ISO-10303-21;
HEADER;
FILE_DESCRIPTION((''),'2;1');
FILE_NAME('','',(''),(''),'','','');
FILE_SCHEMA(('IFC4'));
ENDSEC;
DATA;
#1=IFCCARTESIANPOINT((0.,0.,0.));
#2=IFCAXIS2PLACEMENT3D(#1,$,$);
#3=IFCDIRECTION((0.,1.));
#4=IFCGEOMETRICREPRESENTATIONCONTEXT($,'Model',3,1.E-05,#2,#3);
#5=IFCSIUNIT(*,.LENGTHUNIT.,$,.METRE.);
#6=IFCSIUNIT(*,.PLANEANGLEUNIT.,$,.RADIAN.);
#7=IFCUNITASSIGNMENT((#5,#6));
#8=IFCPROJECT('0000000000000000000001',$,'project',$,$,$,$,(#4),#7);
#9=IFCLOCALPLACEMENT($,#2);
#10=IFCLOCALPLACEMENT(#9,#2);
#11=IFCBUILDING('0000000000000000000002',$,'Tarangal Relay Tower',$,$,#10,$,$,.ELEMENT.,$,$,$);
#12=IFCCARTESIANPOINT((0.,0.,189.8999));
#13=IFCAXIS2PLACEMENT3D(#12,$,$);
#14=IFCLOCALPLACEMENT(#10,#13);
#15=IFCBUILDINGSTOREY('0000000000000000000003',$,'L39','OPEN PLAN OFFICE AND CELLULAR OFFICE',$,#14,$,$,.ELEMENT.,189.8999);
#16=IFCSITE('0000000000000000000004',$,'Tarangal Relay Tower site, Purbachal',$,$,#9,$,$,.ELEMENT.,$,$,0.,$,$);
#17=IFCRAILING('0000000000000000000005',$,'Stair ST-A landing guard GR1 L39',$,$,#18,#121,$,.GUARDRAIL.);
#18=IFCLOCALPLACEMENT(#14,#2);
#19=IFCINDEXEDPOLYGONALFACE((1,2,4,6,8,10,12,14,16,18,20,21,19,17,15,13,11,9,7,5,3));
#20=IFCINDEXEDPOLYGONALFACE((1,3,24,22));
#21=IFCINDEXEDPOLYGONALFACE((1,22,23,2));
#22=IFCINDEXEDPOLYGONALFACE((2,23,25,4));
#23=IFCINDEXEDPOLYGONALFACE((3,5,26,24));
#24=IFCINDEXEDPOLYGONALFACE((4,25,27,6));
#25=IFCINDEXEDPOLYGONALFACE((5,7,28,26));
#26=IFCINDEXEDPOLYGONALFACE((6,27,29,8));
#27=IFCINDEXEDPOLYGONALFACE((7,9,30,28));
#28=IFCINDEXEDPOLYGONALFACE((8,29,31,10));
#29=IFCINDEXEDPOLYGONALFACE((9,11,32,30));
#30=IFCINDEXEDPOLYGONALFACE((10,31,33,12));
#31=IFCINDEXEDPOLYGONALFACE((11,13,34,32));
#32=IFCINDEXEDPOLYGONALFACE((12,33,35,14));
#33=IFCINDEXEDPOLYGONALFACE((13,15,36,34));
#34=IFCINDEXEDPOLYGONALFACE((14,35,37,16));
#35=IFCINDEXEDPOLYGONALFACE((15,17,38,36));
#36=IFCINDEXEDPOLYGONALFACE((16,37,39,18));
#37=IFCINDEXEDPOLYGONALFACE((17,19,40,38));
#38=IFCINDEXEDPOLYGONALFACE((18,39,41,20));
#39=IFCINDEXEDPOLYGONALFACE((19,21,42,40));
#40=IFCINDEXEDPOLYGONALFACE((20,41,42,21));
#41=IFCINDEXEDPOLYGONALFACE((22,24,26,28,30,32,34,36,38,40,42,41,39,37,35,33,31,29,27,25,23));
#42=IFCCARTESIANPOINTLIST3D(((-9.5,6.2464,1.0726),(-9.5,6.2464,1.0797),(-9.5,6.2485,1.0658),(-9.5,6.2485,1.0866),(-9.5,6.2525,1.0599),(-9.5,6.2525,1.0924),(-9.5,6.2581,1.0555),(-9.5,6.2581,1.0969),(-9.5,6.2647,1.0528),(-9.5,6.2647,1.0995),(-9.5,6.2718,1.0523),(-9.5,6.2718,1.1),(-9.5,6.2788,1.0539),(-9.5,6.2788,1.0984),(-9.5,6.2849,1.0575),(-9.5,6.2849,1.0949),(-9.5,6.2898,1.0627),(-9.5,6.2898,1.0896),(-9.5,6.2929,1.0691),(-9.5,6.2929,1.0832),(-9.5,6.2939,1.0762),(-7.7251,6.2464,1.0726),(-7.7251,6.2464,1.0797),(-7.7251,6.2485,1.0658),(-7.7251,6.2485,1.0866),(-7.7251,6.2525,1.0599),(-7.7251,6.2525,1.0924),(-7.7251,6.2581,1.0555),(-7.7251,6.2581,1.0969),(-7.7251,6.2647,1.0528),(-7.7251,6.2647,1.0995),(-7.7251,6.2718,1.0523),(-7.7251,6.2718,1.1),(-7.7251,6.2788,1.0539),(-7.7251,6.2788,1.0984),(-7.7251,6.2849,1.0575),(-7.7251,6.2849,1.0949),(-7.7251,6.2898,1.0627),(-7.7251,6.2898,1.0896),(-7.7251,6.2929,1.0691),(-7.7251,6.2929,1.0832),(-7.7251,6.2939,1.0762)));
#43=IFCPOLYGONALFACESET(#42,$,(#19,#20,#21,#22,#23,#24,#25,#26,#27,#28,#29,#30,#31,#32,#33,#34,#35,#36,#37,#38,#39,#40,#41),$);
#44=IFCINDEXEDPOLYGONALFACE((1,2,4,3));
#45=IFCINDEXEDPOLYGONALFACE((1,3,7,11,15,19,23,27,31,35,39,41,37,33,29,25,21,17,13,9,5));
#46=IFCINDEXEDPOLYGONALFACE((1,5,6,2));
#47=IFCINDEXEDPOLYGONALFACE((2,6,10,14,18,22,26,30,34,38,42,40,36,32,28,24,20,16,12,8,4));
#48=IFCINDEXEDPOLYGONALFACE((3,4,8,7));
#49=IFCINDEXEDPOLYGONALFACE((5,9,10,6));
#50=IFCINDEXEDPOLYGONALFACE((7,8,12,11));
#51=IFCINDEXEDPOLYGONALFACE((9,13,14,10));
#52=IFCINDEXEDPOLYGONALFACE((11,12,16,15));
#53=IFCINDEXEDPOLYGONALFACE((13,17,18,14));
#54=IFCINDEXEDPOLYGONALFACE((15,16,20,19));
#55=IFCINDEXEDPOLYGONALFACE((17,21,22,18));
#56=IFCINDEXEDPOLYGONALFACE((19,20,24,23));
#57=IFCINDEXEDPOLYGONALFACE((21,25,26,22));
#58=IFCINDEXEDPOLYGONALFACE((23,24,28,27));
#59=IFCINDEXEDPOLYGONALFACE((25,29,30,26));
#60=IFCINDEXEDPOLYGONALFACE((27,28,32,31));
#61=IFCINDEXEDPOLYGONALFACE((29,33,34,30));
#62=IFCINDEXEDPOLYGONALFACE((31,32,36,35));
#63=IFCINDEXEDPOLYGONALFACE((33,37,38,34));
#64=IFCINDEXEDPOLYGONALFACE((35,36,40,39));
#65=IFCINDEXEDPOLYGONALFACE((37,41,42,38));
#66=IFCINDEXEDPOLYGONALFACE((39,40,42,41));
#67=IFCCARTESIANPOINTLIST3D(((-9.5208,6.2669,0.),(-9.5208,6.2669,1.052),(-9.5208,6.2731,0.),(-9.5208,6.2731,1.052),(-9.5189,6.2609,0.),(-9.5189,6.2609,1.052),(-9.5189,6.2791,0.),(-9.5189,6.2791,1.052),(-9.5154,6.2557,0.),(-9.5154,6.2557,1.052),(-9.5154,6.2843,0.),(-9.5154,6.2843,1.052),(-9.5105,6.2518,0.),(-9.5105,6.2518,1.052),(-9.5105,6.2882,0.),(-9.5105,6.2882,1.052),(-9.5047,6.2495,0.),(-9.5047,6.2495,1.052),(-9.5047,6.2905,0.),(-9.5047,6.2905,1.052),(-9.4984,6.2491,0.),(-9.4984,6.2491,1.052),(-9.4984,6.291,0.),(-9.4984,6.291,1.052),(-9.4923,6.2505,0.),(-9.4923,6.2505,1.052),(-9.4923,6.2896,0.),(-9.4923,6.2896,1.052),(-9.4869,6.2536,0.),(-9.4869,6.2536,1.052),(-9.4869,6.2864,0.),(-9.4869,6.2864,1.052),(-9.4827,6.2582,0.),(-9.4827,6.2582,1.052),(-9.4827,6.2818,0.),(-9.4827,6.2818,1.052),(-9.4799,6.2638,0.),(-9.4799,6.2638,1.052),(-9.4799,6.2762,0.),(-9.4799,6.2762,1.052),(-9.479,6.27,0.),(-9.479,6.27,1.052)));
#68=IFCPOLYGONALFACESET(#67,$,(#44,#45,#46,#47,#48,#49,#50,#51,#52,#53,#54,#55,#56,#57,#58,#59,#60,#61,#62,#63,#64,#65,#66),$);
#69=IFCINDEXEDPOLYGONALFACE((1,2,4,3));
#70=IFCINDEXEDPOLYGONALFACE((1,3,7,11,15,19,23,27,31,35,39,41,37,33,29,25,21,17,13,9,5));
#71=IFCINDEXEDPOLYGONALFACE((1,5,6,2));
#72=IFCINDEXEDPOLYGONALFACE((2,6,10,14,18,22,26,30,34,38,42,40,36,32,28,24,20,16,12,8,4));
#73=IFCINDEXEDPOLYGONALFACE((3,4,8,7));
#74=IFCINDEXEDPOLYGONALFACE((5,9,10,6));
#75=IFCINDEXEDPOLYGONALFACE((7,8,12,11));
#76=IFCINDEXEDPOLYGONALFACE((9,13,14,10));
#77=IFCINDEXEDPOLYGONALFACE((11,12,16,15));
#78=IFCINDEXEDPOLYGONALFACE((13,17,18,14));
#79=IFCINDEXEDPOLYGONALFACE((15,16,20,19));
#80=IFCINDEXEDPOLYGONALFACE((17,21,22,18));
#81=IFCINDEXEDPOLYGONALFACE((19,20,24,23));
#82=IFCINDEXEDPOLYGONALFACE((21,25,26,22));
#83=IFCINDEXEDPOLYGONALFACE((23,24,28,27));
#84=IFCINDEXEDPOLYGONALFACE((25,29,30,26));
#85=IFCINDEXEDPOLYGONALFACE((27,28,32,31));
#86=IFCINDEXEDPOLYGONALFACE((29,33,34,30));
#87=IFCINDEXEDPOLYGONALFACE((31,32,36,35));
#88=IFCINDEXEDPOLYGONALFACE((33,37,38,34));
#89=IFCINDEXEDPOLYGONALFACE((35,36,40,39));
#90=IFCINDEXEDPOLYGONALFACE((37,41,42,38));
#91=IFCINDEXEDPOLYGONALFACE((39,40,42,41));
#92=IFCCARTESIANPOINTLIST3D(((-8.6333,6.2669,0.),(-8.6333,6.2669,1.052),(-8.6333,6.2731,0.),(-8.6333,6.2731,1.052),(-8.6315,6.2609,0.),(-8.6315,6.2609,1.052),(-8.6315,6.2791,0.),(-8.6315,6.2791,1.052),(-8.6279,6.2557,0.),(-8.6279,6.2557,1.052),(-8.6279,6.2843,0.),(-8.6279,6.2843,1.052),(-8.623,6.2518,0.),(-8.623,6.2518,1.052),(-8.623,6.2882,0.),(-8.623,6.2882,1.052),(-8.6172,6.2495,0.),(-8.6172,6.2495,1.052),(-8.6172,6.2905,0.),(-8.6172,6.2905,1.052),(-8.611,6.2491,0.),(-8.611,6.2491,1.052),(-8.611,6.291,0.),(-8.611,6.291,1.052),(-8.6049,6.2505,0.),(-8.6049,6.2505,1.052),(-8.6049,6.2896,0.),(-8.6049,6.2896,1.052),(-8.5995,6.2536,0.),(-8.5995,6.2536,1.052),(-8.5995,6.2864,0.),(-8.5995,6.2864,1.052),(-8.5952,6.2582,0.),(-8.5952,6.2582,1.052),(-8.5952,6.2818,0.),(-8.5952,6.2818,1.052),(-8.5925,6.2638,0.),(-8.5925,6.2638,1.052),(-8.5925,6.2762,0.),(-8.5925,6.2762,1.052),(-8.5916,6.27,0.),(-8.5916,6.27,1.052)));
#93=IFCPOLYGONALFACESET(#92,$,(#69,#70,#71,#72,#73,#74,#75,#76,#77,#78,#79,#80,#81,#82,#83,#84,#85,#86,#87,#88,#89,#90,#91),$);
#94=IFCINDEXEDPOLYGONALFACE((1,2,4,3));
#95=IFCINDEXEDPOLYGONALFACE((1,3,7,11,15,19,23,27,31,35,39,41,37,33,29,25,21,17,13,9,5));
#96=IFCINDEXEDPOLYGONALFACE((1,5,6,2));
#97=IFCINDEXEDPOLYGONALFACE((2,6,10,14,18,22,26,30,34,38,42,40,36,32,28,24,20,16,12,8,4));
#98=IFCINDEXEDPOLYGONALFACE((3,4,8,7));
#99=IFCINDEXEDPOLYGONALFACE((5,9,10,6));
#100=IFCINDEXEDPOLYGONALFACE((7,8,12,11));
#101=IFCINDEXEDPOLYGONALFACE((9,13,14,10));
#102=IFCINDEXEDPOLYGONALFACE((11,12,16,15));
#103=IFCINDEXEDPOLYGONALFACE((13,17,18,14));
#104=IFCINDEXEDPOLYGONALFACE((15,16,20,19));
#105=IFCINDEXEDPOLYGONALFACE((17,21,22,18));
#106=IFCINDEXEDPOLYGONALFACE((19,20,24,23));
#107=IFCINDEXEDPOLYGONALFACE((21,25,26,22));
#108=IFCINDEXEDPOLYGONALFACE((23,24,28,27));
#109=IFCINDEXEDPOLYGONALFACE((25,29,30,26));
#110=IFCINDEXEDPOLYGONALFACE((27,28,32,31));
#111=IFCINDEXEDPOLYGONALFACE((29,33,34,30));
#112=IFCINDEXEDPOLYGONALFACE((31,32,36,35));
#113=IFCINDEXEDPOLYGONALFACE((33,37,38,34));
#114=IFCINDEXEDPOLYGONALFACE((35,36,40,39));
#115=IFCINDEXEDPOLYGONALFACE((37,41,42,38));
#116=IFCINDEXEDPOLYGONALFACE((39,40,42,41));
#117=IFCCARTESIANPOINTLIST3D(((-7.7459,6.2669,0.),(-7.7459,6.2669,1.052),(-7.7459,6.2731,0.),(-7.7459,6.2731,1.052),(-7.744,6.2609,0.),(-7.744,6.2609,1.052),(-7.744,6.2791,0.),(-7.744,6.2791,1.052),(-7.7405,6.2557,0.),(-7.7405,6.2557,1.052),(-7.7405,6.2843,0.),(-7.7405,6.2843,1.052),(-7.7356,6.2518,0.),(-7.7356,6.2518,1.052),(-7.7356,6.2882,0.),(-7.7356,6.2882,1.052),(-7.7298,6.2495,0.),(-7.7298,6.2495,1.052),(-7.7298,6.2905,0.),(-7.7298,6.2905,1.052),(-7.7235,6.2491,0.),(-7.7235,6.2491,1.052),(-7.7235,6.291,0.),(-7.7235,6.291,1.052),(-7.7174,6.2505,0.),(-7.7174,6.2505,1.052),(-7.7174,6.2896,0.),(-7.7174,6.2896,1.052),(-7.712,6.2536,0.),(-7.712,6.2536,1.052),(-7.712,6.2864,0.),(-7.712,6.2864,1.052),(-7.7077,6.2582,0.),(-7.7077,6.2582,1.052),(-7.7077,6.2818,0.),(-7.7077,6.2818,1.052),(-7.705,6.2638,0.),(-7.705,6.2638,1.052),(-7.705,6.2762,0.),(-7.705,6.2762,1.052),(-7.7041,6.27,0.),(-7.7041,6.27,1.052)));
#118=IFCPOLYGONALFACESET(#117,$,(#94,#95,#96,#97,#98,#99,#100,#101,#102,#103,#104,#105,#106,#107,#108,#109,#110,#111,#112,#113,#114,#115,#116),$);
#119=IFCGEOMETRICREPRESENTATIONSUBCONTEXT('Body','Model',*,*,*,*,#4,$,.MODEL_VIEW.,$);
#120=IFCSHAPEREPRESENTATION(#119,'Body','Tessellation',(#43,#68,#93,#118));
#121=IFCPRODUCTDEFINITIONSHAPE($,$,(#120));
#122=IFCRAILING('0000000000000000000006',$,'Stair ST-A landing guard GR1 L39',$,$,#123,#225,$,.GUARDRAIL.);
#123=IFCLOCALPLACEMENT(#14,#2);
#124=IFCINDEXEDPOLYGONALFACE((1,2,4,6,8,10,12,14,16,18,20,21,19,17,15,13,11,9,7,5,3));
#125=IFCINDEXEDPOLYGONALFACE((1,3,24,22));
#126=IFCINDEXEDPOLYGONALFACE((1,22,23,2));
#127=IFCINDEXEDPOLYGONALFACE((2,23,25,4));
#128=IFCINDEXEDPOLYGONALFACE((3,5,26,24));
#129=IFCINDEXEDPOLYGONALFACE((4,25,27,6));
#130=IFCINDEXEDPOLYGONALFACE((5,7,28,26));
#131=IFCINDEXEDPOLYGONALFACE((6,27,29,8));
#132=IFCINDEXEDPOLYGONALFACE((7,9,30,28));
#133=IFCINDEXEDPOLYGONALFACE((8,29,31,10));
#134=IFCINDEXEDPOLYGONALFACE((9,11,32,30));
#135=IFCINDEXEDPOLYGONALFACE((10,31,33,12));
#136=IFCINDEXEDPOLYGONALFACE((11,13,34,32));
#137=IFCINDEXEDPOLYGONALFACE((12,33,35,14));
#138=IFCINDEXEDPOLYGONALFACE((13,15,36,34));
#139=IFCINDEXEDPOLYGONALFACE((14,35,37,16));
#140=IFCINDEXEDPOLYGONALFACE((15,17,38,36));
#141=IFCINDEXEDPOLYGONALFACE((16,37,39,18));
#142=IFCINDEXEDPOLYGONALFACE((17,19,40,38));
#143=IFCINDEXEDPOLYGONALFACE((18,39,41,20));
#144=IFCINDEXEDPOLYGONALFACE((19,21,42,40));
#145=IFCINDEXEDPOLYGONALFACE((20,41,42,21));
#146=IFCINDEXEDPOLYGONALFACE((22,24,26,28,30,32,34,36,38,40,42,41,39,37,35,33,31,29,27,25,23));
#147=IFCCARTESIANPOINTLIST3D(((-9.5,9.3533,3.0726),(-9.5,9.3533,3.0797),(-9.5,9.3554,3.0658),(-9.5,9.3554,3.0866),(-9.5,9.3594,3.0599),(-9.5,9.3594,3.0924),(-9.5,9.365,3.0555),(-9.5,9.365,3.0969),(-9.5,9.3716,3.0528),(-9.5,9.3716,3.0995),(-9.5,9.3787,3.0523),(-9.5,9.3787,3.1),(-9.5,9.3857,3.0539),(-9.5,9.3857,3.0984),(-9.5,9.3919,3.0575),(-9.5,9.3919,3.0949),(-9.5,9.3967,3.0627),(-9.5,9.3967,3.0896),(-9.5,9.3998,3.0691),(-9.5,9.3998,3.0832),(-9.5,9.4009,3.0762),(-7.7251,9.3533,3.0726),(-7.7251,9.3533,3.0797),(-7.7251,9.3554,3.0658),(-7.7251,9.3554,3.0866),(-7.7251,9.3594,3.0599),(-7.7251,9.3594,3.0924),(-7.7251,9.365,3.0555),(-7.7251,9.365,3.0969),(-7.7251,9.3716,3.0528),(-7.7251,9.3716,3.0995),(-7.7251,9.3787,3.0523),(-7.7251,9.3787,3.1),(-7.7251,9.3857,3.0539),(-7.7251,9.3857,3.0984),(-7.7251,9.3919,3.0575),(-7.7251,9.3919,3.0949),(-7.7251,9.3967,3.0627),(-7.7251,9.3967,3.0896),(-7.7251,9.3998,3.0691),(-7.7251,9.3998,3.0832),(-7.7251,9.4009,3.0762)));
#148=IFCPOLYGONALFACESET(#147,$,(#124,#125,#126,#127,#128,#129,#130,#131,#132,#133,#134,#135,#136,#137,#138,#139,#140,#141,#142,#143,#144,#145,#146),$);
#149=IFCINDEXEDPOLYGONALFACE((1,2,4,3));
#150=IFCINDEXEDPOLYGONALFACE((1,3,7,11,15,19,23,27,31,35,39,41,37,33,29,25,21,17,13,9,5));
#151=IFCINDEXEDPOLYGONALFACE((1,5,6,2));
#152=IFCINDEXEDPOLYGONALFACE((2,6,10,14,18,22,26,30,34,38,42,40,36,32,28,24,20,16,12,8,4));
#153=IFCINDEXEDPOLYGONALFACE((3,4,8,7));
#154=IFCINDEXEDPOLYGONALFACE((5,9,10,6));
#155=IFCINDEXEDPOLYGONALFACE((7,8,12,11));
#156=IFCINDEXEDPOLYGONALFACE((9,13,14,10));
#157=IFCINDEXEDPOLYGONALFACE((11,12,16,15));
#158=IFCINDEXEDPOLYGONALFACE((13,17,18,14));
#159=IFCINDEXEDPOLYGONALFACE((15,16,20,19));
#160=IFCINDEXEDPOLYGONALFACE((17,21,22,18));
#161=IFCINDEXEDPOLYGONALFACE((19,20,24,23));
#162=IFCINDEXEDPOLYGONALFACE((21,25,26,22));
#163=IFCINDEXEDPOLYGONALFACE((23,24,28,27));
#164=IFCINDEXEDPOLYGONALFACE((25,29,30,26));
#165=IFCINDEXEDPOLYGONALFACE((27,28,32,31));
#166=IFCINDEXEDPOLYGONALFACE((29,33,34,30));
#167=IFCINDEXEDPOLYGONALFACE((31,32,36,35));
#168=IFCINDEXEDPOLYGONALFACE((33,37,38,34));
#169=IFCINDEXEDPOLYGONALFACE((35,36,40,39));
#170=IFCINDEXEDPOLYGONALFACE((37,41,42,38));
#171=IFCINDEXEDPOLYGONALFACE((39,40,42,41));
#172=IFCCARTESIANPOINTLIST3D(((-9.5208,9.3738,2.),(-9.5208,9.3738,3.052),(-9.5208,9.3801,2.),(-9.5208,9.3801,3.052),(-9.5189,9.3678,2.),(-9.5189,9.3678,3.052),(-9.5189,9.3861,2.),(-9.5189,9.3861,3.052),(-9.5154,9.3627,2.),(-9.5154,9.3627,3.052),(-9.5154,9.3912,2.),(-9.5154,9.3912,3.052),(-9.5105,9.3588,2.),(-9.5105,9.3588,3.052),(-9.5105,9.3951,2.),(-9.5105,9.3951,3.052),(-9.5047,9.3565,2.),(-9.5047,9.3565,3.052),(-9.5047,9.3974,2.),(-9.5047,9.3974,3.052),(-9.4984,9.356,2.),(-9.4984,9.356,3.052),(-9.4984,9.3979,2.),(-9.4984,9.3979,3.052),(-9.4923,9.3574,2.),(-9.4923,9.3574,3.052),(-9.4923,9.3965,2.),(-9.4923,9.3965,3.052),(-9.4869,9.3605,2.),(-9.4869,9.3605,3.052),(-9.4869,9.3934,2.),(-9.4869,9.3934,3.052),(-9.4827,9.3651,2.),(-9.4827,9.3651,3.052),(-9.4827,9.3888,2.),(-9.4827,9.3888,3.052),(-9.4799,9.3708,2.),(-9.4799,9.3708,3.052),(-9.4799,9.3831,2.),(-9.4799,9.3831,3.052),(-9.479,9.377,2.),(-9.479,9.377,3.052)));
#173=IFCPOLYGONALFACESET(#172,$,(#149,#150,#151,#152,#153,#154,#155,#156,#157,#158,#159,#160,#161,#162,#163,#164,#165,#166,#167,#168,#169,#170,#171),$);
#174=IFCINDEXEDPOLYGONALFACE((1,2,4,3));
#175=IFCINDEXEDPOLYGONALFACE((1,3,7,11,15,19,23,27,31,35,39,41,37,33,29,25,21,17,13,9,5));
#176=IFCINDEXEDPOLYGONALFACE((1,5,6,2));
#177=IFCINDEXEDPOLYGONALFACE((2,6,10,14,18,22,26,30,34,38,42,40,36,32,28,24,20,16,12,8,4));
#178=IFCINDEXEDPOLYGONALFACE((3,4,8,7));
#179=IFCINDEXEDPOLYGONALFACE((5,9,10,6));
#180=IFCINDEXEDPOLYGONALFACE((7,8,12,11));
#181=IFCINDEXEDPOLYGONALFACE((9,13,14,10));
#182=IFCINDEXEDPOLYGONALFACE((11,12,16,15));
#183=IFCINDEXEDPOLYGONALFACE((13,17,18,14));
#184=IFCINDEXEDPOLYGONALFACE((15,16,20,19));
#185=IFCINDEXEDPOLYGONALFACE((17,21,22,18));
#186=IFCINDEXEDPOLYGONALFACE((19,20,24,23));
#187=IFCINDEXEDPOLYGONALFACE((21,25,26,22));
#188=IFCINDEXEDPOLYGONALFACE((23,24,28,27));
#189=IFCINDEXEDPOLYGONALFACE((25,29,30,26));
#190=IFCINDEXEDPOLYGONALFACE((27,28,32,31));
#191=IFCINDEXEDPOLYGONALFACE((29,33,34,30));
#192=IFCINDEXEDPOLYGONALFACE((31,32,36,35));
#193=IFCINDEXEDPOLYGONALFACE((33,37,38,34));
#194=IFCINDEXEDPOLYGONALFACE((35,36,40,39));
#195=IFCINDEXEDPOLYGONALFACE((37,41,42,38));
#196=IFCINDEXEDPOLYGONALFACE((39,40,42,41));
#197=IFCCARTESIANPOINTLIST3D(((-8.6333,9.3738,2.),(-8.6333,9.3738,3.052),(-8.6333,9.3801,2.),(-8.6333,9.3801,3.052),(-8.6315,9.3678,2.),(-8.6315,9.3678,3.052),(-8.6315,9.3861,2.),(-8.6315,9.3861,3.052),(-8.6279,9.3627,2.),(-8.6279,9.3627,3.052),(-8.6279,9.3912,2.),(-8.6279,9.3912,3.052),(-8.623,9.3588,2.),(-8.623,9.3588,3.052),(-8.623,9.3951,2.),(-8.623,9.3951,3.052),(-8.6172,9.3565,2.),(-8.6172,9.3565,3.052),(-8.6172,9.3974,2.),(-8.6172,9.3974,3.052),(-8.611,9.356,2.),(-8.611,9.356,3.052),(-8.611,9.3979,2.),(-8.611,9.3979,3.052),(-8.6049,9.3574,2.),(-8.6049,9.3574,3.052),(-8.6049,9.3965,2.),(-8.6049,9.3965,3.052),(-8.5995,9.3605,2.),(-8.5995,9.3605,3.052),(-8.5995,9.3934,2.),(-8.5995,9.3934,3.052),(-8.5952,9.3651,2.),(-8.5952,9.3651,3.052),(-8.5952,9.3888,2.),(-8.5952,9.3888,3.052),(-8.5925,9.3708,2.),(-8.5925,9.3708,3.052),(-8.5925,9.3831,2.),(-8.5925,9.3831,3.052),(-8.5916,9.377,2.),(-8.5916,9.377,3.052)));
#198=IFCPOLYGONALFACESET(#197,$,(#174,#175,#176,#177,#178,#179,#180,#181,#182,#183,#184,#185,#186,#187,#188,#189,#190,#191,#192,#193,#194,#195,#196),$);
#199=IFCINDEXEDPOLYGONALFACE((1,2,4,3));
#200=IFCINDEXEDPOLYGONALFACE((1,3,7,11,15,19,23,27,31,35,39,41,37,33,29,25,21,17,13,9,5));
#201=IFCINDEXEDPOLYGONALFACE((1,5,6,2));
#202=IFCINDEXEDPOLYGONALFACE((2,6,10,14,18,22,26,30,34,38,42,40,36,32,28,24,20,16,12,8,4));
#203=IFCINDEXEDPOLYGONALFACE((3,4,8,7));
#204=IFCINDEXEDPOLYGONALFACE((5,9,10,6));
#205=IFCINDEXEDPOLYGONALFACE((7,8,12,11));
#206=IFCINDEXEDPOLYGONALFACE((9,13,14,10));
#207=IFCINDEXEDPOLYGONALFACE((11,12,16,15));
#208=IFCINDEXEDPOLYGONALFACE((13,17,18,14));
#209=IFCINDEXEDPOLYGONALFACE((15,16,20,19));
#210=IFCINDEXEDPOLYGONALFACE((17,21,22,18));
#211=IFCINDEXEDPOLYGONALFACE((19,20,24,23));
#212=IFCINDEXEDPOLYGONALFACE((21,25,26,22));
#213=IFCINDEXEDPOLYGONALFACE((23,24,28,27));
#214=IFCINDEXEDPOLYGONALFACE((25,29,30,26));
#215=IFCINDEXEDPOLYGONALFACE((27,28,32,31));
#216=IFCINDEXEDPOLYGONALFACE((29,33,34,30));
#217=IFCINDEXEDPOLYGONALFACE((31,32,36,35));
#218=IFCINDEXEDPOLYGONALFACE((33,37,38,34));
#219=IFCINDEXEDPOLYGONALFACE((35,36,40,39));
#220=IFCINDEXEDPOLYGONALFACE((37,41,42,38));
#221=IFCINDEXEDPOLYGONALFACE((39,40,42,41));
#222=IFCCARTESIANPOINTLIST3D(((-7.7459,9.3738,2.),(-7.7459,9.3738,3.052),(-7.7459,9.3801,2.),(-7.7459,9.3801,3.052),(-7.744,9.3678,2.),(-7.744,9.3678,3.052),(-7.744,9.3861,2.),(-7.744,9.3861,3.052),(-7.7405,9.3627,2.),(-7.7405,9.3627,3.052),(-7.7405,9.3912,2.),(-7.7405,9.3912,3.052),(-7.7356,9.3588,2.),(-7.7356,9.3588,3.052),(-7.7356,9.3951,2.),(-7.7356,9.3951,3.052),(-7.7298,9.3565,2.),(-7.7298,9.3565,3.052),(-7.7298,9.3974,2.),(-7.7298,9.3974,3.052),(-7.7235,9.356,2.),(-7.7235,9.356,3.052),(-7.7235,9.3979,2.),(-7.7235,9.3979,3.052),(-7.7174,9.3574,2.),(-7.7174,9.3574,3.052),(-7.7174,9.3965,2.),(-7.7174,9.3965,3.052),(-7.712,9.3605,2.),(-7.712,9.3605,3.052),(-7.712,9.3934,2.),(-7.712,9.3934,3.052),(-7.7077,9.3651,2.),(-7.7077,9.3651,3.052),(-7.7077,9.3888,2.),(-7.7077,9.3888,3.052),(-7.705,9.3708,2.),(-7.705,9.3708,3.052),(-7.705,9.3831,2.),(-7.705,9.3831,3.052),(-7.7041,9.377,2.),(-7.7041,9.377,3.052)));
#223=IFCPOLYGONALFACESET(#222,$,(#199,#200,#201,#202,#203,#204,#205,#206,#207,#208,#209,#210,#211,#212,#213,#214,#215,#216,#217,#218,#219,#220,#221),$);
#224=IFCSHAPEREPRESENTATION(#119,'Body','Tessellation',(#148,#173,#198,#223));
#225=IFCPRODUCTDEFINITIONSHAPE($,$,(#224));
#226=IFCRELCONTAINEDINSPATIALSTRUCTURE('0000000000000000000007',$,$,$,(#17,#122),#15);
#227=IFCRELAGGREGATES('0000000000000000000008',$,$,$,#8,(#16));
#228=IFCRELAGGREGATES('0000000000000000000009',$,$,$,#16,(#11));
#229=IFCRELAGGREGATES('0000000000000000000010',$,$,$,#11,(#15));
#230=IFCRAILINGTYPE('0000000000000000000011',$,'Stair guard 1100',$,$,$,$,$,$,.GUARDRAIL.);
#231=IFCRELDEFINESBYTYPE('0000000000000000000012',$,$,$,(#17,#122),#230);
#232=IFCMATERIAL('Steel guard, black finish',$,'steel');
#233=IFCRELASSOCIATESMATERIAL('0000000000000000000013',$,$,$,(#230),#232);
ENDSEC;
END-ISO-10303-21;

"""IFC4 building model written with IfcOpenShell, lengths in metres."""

from ifc_helpers import new_model, si_unit, direction, frame, origin, origin_2d, place, context, subcontext, project, spatial, circle, extrude, material, type_object, element, save


model = new_model("IFC4")

# Units and contexts
model_context = context("Model", 3, precision=1e-05, world=origin(), true_north=direction((0.0, 1.0)))
body_context = subcontext(model_context, "Body", "Model", "MODEL_VIEW")
ifc_project = project(units=[si_unit("LENGTHUNIT", "METRE"), si_unit("PLANEANGLEUNIT", "RADIAN")], contexts=[model_context])

# Site, building, storey
site_placement = place(None, origin())
site = spatial("IfcSite", under=ifc_project, at=site_placement, Name="Tarangal Relay Tower site, Purbachal", CompositionType="ELEMENT", RefElevation=0.0)
building_placement = place(site_placement, origin())
building = spatial("IfcBuilding", under=site, at=building_placement, Name="Tarangal Relay Tower", CompositionType="ELEMENT")
storey_placement = place(building_placement, frame((0.0, 0.0, 189.8999)))
storey = spatial("IfcBuildingStorey", under=building, at=storey_placement, Name="L39", Description="OPEN PLAN OFFICE AND CELLULAR OFFICE", CompositionType="ELEMENT", Elevation=189.8999)

# Railings
ifc_material_1 = material(Name="Steel guard, black finish", Category="steel")
railing_type_1 = type_object("IfcRailingType", Name="Stair guard 1100", PredefinedType="GUARDRAIL", material=ifc_material_1)
for number, where, name in (
    (1, (-9.5, 6.27, 0.0), "Stair ST-A landing guard GR1 L39"),
    (2, (-9.5, 9.377, 2.0), "Stair ST-A landing guard GR1 L39"),
):
    element("IfcRailing", number, at=place(storey_placement, frame(where)), inside=storey, type_object=railing_type_1, Name=name, PredefinedType="GUARDRAIL", context=body_context, shape_type="SweptSolid", body=[
        extrude(circle(Radius=0.0239, at=origin_2d()), frame((0.0, 0.0, 1.0762), z_axis=(1.0, 0.0, 0.0), x_axis=(0.0, 1.0, 0.0)), (0.0, 0.0, 1.0), 1.7749),
        extrude(circle(Radius=0.021, at=origin_2d()), origin(), (0.0, 0.0, 1.0), 1.052),
        extrude(circle(Radius=0.021, at=origin_2d()), frame((0.8875, 0.0, 0.0)), (0.0, 0.0, 1.0), 1.052),
        extrude(circle(Radius=0.021, at=origin_2d()), frame((1.7749, 0.0, 0.0)), (0.0, 0.0, 1.0), 1.052),
    ])

save(model, "model.ifc")
